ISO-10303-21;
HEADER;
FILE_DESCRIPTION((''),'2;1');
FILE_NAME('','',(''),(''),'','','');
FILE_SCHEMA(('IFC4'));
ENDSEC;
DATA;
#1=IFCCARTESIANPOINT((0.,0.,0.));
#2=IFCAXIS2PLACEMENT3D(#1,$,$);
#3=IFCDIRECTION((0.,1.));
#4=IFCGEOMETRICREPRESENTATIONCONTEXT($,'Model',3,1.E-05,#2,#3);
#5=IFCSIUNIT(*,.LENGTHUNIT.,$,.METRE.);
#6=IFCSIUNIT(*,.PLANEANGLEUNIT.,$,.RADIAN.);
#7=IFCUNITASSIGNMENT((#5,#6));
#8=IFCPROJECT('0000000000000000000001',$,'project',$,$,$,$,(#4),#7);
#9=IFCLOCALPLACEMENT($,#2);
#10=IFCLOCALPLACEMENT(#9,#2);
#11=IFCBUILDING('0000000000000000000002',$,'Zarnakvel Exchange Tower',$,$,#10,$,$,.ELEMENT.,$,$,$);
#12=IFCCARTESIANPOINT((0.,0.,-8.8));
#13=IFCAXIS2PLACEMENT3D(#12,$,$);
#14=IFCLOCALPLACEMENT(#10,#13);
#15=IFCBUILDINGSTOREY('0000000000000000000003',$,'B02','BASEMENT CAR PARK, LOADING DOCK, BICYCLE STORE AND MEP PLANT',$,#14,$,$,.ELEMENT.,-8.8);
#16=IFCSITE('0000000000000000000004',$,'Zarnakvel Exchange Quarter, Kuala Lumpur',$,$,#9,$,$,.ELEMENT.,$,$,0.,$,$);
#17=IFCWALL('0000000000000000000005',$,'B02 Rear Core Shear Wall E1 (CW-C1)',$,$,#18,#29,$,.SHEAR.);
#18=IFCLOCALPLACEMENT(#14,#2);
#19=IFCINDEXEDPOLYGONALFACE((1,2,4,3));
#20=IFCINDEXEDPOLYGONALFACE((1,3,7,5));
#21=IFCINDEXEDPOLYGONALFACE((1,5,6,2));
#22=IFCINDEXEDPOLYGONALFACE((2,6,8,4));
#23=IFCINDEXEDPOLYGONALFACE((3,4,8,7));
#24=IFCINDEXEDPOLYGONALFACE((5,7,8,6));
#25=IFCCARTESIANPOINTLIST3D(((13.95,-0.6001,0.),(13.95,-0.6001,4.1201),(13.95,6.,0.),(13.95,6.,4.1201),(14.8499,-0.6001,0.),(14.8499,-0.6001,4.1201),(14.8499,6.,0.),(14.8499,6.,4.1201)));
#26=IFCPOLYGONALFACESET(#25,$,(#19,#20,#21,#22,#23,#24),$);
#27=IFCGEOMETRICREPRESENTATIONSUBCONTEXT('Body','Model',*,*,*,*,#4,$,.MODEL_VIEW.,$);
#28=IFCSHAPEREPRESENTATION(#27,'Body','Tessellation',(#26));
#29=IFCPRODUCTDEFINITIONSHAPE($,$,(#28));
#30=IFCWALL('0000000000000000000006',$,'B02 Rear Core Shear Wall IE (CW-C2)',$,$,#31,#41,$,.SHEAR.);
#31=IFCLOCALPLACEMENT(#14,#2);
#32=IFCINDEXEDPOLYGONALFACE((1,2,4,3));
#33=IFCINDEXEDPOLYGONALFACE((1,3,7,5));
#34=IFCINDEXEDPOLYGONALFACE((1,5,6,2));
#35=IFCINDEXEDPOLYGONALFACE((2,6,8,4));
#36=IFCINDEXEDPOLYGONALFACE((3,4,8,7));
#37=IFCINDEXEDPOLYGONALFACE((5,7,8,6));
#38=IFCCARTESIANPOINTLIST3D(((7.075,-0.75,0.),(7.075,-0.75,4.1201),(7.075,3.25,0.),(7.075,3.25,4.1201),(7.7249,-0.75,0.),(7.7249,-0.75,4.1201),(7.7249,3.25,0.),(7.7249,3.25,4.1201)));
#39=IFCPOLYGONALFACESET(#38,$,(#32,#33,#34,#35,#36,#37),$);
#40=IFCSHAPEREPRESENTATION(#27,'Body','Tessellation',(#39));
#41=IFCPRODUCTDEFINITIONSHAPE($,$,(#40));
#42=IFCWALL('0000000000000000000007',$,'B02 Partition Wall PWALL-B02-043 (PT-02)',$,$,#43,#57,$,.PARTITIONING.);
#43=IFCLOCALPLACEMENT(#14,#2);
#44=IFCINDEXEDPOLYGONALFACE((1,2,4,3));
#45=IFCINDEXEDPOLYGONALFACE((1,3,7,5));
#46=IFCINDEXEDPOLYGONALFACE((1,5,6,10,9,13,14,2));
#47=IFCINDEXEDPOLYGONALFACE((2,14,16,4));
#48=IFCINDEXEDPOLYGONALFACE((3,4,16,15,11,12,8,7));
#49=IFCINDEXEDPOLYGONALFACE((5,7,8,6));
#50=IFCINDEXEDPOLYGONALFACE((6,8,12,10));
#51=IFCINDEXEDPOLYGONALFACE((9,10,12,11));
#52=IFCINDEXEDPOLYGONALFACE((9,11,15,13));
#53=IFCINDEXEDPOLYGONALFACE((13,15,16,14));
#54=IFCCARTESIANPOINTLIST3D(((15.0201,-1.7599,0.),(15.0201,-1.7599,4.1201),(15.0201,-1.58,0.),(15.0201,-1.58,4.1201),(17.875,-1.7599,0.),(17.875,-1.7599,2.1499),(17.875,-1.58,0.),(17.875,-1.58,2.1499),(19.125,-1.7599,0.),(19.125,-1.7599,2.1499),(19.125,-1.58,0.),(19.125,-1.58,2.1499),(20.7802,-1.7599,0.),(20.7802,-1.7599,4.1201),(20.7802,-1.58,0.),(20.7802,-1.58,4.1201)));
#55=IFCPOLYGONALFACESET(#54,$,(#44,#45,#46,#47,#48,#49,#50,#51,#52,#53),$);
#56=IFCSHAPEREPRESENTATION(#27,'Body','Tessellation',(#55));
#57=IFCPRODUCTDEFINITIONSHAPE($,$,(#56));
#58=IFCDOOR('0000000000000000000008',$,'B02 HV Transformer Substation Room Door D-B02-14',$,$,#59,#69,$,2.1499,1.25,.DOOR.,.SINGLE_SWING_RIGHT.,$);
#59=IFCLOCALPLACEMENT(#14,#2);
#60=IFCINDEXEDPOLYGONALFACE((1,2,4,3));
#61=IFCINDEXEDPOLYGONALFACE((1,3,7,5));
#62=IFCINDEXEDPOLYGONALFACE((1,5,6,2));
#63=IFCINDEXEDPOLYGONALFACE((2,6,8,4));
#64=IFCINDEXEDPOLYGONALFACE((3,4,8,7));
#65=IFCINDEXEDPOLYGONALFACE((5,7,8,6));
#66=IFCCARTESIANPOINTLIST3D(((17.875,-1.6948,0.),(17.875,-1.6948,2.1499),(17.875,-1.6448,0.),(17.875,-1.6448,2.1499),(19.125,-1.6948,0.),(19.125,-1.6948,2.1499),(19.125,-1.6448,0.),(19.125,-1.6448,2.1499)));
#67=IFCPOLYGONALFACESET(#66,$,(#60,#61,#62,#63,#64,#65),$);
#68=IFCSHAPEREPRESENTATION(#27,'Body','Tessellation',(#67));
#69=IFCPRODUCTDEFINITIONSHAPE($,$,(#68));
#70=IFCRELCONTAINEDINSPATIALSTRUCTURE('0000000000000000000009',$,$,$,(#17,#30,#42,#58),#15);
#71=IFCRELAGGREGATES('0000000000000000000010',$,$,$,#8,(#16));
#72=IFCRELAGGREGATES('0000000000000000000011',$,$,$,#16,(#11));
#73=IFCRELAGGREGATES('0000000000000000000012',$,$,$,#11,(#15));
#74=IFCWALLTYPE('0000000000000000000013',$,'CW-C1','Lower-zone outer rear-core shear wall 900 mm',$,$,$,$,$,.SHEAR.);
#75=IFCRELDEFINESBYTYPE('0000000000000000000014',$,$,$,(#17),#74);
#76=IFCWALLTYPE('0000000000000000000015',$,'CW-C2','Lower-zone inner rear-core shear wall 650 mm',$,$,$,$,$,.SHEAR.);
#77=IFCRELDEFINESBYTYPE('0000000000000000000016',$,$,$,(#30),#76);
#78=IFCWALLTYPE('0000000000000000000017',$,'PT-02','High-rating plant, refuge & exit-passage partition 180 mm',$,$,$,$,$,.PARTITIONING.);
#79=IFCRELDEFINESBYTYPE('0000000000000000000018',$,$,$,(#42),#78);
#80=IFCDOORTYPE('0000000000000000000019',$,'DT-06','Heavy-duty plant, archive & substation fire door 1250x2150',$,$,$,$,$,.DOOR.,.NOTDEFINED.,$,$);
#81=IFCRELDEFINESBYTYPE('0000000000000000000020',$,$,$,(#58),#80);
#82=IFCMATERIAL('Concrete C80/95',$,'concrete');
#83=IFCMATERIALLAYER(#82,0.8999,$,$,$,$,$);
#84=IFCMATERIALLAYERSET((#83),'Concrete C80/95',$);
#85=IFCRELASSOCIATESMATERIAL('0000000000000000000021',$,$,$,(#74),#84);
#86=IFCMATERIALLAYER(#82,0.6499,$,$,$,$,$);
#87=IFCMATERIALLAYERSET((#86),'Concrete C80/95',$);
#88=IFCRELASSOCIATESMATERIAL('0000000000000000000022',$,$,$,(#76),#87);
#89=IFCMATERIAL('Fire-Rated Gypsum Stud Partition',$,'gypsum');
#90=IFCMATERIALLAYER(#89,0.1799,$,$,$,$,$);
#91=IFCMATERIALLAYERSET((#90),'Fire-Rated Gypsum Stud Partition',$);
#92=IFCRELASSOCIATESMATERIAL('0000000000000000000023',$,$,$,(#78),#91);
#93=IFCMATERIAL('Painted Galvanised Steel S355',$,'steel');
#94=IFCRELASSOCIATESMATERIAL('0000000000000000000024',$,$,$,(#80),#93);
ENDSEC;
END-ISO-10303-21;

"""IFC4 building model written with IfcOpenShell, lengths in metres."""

from ifc_helpers import new_model, si_unit, direction, frame, frame_2d, origin, place, context, subcontext, project, spatial, rectangle, extrude, source, transform, mapped, material, layer, layer_set, type_object, element, fill, save


model = new_model("IFC4")

# Units and contexts
model_context = context("Model", 3, precision=1e-05, world=origin(), true_north=direction((0.0, 1.0)))
body_context = subcontext(model_context, "Body", "Model", "MODEL_VIEW")
ifc_project = project(units=[si_unit("LENGTHUNIT", "METRE"), si_unit("PLANEANGLEUNIT", "RADIAN")], contexts=[model_context])

# Site, building, storey
site_placement = place(None, origin())
site = spatial("IfcSite", under=ifc_project, at=site_placement, Name="Zarnakvel Exchange Quarter, Kuala Lumpur", CompositionType="ELEMENT", RefElevation=0.0)
building_placement = place(site_placement, origin())
building = spatial("IfcBuilding", under=site, at=building_placement, Name="Zarnakvel Exchange Tower", CompositionType="ELEMENT")
storey_placement = place(building_placement, frame((0.0, 0.0, -8.8)))
storey = spatial("IfcBuildingStorey", under=building, at=storey_placement, Name="B02", Description="BASEMENT CAR PARK, LOADING DOCK, BICYCLE STORE AND MEP PLANT", CompositionType="ELEMENT", Elevation=-8.8)

# Shared definitions
ifc_material_1 = material(Name="Concrete C80/95", Category="concrete")

# Wall
ifc_layer_1 = layer(ifc_material_1, 0.8999)
ifc_layer_set_1 = layer_set([ifc_layer_1], Name="Concrete C80/95")
wall_type_1 = type_object("IfcWallType", Name="CW-C1", Description="Lower-zone outer rear-core shear wall 900 mm", PredefinedType="SHEAR", material=ifc_layer_set_1)
wall_1_placement = place(storey_placement, frame((14.3999, -0.6001, 0.0), z_axis=(0.0, 0.0, 1.0), x_axis=(0.0, 1.0, 0.0)))
element("IfcWall", 1, at=wall_1_placement, inside=storey, type_object=wall_type_1, Name="B02 Rear Core Shear Wall E1 (CW-C1)", PredefinedType="SHEAR", context=body_context, shape_type="SweptSolid", body=[
    extrude(rectangle(XDim=6.6001, YDim=0.8999, at=frame_2d((3.3, 0.0))), origin(), (0.0, 0.0, 1.0), 4.1201),
])

# Shared definitions
ifc_material_2 = material(Name="Painted Galvanised Steel S355", Category="steel")

# Wall
ifc_layer_2 = layer(ifc_material_1, 0.6499)
ifc_layer_set_2 = layer_set([ifc_layer_2], Name="Concrete C80/95")
wall_type_2 = type_object("IfcWallType", Name="CW-C2", Description="Lower-zone inner rear-core shear wall 650 mm", PredefinedType="SHEAR", material=ifc_layer_set_2)
wall_2_placement = place(storey_placement, frame((7.3999, -0.75, 0.0), z_axis=(0.0, 0.0, 1.0), x_axis=(0.0, 1.0, 0.0)))
element("IfcWall", 2, at=wall_2_placement, inside=storey, type_object=wall_type_2, Name="B02 Rear Core Shear Wall IE (CW-C2)", PredefinedType="SHEAR", context=body_context, shape_type="SweptSolid", body=[
    extrude(rectangle(XDim=4.0, YDim=0.6499, at=frame_2d((2.0, 0.0))), origin(), (0.0, 0.0, 1.0), 4.1201),
])

# Wall, opening, door
ifc_material_3 = material(Name="Fire-Rated Gypsum Stud Partition", Category="gypsum")
ifc_layer_3 = layer(ifc_material_3, 0.1799)
ifc_layer_set_3 = layer_set([ifc_layer_3], Name="Fire-Rated Gypsum Stud Partition")
wall_type_3 = type_object("IfcWallType", Name="PT-02", Description="High-rating plant, refuge & exit-passage partition 180 mm", PredefinedType="PARTITIONING", material=ifc_layer_set_3)
wall_3_placement = place(storey_placement, frame((20.78, -1.6699, 0.0), z_axis=(0.0, 0.0, 1.0), x_axis=(-1.0, 0.0, 0.0)))
wall_3 = element("IfcWall", 3, at=wall_3_placement, inside=storey, type_object=wall_type_3, Name="B02 Partition Wall PWALL-B02-043 (PT-02)", PredefinedType="PARTITIONING", context=body_context, shape_type="SweptSolid", body=[
    extrude(rectangle(XDim=5.76, YDim=0.1799, at=frame_2d((2.8799, 0.0))), origin(), (0.0, 0.0, 1.0), 4.1201),
])
opening_1_placement = place(wall_3_placement, frame((1.655, 0.0, 0.0)))
opening_1 = element("IfcOpeningElement", 4, at=opening_1_placement, cuts=wall_3, PredefinedType="OPENING", context=body_context, shape_type="SweptSolid", body=[
    extrude(rectangle(XDim=1.25, YDim=2.1499, at=frame_2d((0.625, 1.075))), frame((0.0, 0.0999, 0.0), z_axis=(0.0, -1.0, 0.0), x_axis=(1.0, 0.0, 0.0)), (0.0, 0.0, 1.0), 0.2),
])
door_type_1 = type_object("IfcDoorType", Name="DT-06", Description="Heavy-duty plant, archive & substation fire door 1250x2150", OperationType="NOTDEFINED", PredefinedType="DOOR", material=ifc_material_2)
shared_shape_1 = source(origin(), body_context, "Body", "SweptSolid", [
    extrude(rectangle(XDim=1.25, YDim=2.1499, at=frame_2d((0.625, 1.075))), frame((0.0, 0.0249, 0.0), z_axis=(0.0, -1.0, 0.0), x_axis=(1.0, 0.0, 0.0)), (0.0, 0.0, 1.0), 0.05),
])
door_1_placement = place(opening_1_placement, origin())
door_1 = element("IfcDoor", 5, at=door_1_placement, inside=storey, type_object=door_type_1, Name="B02 HV Transformer Substation Room Door D-B02-14", OperationType="SINGLE_SWING_RIGHT", OverallHeight=2.1499, OverallWidth=1.25, PredefinedType="DOOR", context=body_context, shape_type="MappedRepresentation", body=[
    mapped(shared_shape_1, transform((0.0, 0.0, 0.0), x_axis=(1.0, 0.0, 0.0), y_axis=(0.0, 1.0, 0.0), z_axis=(0.0, 0.0, 1.0), scale=1.0)),
])
fill(opening_1, door_1)

save(model, "model.ifc")
